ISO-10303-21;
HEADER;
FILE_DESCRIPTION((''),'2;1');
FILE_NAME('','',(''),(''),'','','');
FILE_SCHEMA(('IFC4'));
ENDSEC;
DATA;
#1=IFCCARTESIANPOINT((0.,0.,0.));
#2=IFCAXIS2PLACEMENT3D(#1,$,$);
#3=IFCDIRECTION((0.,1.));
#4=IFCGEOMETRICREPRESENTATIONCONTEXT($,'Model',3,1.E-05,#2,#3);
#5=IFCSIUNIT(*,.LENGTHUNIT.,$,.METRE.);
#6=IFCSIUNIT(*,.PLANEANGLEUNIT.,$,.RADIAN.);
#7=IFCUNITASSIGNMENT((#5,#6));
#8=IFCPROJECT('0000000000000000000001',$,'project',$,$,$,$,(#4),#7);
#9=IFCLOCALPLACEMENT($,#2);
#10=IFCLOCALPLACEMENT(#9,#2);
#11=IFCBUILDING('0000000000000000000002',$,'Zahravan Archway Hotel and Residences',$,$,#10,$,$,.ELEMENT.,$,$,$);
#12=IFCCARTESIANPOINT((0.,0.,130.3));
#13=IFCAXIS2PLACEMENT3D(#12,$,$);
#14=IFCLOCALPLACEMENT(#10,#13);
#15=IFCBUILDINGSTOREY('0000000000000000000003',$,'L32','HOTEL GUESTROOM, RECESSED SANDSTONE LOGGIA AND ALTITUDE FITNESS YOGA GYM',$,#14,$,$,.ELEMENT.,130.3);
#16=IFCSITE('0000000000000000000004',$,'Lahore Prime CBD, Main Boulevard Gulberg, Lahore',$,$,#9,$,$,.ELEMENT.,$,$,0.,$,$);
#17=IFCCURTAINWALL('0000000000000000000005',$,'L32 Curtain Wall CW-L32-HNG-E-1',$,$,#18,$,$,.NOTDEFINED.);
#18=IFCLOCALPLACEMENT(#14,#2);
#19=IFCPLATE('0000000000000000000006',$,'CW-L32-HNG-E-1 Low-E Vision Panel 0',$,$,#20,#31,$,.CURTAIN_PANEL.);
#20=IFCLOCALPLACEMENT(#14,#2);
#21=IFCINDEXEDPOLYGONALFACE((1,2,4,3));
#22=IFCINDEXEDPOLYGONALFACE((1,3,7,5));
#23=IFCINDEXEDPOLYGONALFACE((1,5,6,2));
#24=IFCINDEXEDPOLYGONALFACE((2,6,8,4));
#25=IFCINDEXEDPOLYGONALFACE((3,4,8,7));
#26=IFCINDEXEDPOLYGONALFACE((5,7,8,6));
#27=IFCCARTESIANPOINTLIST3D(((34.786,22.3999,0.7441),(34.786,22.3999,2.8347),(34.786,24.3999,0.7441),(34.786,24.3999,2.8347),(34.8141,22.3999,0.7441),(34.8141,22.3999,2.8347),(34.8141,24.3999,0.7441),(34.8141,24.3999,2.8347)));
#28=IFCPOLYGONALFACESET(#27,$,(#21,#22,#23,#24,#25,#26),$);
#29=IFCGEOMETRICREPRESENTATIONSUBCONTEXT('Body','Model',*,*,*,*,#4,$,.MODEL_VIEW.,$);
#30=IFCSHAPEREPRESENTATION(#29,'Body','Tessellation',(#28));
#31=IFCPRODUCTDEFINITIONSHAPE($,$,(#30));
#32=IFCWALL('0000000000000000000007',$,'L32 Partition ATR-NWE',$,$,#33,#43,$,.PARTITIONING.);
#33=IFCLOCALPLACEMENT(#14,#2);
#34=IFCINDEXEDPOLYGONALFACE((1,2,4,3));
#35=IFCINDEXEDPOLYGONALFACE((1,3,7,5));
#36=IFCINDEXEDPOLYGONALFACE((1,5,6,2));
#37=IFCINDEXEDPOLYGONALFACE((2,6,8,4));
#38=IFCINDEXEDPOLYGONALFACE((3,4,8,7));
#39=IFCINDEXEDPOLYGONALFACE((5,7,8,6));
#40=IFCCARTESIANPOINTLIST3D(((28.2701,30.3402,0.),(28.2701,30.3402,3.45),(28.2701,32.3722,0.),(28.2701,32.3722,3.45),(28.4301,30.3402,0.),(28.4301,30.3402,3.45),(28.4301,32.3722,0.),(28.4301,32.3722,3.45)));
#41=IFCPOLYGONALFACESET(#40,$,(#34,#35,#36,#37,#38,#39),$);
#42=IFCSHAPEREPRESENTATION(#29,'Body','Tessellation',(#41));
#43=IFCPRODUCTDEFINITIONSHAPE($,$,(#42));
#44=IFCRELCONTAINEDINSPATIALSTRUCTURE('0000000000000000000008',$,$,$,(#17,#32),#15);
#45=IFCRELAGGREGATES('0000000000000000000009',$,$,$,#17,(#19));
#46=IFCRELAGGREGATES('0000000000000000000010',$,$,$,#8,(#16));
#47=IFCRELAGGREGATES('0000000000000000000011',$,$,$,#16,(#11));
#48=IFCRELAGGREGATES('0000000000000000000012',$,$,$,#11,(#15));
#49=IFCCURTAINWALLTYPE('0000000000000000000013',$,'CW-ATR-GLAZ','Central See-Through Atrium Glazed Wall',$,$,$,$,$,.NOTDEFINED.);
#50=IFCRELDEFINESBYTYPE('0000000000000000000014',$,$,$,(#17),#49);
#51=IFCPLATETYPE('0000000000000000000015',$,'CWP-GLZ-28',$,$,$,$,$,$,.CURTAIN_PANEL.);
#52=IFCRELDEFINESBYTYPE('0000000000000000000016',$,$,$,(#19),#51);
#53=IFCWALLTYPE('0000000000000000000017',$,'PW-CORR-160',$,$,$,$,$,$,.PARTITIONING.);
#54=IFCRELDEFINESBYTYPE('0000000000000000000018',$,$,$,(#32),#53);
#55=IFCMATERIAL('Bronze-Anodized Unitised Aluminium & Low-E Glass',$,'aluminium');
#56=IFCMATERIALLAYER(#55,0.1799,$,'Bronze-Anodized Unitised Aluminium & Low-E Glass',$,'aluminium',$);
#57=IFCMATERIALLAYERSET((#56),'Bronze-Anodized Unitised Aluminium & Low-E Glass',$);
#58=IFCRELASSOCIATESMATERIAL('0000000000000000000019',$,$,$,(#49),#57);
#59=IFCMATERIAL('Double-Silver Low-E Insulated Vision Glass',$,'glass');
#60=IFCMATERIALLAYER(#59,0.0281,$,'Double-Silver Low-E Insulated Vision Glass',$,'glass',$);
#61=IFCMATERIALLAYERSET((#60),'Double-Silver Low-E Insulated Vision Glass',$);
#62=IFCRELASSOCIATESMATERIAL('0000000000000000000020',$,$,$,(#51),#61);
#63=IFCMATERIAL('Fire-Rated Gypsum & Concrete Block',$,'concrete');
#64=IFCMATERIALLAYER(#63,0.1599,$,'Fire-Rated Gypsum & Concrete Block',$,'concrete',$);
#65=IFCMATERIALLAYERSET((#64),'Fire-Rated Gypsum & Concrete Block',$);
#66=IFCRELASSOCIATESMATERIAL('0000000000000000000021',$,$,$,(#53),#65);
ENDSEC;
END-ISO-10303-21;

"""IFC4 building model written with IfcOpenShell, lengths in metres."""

from ifc_helpers import new_model, si_unit, direction, frame, frame_2d, origin, origin_2d, place, context, subcontext, project, spatial, rectangle, extrude, source, transform, mapped, material, layer, layer_set, type_object, element, aggregate, save


model = new_model("IFC4")

# Units and contexts
model_context = context("Model", 3, precision=1e-05, world=origin(), true_north=direction((0.0, 1.0)))
body_context = subcontext(model_context, "Body", "Model", "MODEL_VIEW")
ifc_project = project(units=[si_unit("LENGTHUNIT", "METRE"), si_unit("PLANEANGLEUNIT", "RADIAN")], contexts=[model_context])

# Site, building, storey
site_placement = place(None, origin())
site = spatial("IfcSite", under=ifc_project, at=site_placement, Name="Lahore Prime CBD, Main Boulevard Gulberg, Lahore", CompositionType="ELEMENT", RefElevation=0.0)
building_placement = place(site_placement, origin())
building = spatial("IfcBuilding", under=site, at=building_placement, Name="Zahravan Archway Hotel and Residences", CompositionType="ELEMENT")
storey_placement = place(building_placement, frame((0.0, 0.0, 130.3)))
storey = spatial("IfcBuildingStorey", under=building, at=storey_placement, Name="L32", Description="HOTEL GUESTROOM, RECESSED SANDSTONE LOGGIA AND ALTITUDE FITNESS YOGA GYM", CompositionType="ELEMENT", Elevation=130.3)

# Curtain wall
ifc_material_1 = material(Name="Bronze-Anodized Unitised Aluminium & Low-E Glass", Category="aluminium")
ifc_layer_1 = layer(ifc_material_1, 0.1799, Name="Bronze-Anodized Unitised Aluminium & Low-E Glass", Category="aluminium")
ifc_layer_set_1 = layer_set([ifc_layer_1], Name="Bronze-Anodized Unitised Aluminium & Low-E Glass")
curtain_wall_type = type_object("IfcCurtainWallType", Name="CW-ATR-GLAZ", Description="Central See-Through Atrium Glazed Wall", PredefinedType="NOTDEFINED", material=ifc_layer_set_1)
curtain_wall_1_placement = place(storey_placement, origin())
curtain_wall_1 = element("IfcCurtainWall", 1, at=curtain_wall_1_placement, inside=storey, type_object=curtain_wall_type, Name="L32 Curtain Wall CW-L32-HNG-E-1", PredefinedType="NOTDEFINED")

# Plate
ifc_material_2 = material(Name="Double-Silver Low-E Insulated Vision Glass", Category="glass")
ifc_layer_2 = layer(ifc_material_2, 0.0281, Name="Double-Silver Low-E Insulated Vision Glass", Category="glass")
ifc_layer_set_2 = layer_set([ifc_layer_2], Name="Double-Silver Low-E Insulated Vision Glass")
plate_type_1 = type_object("IfcPlateType", Name="CWP-GLZ-28", PredefinedType="CURTAIN_PANEL", material=ifc_layer_set_2)
shared_shape_1 = source(origin(), body_context, "Body", "SweptSolid", [
    extrude(rectangle(XDim=2.0, YDim=0.0281, at=origin_2d()), origin(), (0.0, 0.0, 1.0), 2.0906),
])
plate_1_placement = place(storey_placement, frame((34.8, 23.3999, 0.7441), z_axis=(0.0, 0.0, 1.0), x_axis=(0.0, 1.0, 0.0)))
plate_1 = element("IfcPlate", 2, at=plate_1_placement, type_object=plate_type_1, Name="CW-L32-HNG-E-1 Low-E Vision Panel 0", PredefinedType="CURTAIN_PANEL", context=body_context, shape_type="MappedRepresentation", body=[
    mapped(shared_shape_1, transform((0.0, 0.0, 0.0), scale=1.0)),
])
aggregate(curtain_wall_1, [plate_1])

# Wall
ifc_material_3 = material(Name="Fire-Rated Gypsum & Concrete Block", Category="concrete")
ifc_layer_3 = layer(ifc_material_3, 0.1599, Name="Fire-Rated Gypsum & Concrete Block", Category="concrete")
ifc_layer_set_3 = layer_set([ifc_layer_3], Name="Fire-Rated Gypsum & Concrete Block")
wall_type = type_object("IfcWallType", Name="PW-CORR-160", PredefinedType="PARTITIONING", material=ifc_layer_set_3)
wall_placement = place(storey_placement, frame((28.3501, 30.3401, 0.0), z_axis=(0.0, 0.0, 1.0), x_axis=(0.0, 1.0, 0.0)))
element("IfcWall", 3, at=wall_placement, inside=storey, type_object=wall_type, Name="L32 Partition ATR-NWE", PredefinedType="PARTITIONING", context=body_context, shape_type="SweptSolid", body=[
    extrude(rectangle(XDim=2.032, YDim=0.1599, at=frame_2d((1.0161, 0.0))), origin(), (0.0, 0.0, 1.0), 3.45),
])

save(model, "model.ifc")
